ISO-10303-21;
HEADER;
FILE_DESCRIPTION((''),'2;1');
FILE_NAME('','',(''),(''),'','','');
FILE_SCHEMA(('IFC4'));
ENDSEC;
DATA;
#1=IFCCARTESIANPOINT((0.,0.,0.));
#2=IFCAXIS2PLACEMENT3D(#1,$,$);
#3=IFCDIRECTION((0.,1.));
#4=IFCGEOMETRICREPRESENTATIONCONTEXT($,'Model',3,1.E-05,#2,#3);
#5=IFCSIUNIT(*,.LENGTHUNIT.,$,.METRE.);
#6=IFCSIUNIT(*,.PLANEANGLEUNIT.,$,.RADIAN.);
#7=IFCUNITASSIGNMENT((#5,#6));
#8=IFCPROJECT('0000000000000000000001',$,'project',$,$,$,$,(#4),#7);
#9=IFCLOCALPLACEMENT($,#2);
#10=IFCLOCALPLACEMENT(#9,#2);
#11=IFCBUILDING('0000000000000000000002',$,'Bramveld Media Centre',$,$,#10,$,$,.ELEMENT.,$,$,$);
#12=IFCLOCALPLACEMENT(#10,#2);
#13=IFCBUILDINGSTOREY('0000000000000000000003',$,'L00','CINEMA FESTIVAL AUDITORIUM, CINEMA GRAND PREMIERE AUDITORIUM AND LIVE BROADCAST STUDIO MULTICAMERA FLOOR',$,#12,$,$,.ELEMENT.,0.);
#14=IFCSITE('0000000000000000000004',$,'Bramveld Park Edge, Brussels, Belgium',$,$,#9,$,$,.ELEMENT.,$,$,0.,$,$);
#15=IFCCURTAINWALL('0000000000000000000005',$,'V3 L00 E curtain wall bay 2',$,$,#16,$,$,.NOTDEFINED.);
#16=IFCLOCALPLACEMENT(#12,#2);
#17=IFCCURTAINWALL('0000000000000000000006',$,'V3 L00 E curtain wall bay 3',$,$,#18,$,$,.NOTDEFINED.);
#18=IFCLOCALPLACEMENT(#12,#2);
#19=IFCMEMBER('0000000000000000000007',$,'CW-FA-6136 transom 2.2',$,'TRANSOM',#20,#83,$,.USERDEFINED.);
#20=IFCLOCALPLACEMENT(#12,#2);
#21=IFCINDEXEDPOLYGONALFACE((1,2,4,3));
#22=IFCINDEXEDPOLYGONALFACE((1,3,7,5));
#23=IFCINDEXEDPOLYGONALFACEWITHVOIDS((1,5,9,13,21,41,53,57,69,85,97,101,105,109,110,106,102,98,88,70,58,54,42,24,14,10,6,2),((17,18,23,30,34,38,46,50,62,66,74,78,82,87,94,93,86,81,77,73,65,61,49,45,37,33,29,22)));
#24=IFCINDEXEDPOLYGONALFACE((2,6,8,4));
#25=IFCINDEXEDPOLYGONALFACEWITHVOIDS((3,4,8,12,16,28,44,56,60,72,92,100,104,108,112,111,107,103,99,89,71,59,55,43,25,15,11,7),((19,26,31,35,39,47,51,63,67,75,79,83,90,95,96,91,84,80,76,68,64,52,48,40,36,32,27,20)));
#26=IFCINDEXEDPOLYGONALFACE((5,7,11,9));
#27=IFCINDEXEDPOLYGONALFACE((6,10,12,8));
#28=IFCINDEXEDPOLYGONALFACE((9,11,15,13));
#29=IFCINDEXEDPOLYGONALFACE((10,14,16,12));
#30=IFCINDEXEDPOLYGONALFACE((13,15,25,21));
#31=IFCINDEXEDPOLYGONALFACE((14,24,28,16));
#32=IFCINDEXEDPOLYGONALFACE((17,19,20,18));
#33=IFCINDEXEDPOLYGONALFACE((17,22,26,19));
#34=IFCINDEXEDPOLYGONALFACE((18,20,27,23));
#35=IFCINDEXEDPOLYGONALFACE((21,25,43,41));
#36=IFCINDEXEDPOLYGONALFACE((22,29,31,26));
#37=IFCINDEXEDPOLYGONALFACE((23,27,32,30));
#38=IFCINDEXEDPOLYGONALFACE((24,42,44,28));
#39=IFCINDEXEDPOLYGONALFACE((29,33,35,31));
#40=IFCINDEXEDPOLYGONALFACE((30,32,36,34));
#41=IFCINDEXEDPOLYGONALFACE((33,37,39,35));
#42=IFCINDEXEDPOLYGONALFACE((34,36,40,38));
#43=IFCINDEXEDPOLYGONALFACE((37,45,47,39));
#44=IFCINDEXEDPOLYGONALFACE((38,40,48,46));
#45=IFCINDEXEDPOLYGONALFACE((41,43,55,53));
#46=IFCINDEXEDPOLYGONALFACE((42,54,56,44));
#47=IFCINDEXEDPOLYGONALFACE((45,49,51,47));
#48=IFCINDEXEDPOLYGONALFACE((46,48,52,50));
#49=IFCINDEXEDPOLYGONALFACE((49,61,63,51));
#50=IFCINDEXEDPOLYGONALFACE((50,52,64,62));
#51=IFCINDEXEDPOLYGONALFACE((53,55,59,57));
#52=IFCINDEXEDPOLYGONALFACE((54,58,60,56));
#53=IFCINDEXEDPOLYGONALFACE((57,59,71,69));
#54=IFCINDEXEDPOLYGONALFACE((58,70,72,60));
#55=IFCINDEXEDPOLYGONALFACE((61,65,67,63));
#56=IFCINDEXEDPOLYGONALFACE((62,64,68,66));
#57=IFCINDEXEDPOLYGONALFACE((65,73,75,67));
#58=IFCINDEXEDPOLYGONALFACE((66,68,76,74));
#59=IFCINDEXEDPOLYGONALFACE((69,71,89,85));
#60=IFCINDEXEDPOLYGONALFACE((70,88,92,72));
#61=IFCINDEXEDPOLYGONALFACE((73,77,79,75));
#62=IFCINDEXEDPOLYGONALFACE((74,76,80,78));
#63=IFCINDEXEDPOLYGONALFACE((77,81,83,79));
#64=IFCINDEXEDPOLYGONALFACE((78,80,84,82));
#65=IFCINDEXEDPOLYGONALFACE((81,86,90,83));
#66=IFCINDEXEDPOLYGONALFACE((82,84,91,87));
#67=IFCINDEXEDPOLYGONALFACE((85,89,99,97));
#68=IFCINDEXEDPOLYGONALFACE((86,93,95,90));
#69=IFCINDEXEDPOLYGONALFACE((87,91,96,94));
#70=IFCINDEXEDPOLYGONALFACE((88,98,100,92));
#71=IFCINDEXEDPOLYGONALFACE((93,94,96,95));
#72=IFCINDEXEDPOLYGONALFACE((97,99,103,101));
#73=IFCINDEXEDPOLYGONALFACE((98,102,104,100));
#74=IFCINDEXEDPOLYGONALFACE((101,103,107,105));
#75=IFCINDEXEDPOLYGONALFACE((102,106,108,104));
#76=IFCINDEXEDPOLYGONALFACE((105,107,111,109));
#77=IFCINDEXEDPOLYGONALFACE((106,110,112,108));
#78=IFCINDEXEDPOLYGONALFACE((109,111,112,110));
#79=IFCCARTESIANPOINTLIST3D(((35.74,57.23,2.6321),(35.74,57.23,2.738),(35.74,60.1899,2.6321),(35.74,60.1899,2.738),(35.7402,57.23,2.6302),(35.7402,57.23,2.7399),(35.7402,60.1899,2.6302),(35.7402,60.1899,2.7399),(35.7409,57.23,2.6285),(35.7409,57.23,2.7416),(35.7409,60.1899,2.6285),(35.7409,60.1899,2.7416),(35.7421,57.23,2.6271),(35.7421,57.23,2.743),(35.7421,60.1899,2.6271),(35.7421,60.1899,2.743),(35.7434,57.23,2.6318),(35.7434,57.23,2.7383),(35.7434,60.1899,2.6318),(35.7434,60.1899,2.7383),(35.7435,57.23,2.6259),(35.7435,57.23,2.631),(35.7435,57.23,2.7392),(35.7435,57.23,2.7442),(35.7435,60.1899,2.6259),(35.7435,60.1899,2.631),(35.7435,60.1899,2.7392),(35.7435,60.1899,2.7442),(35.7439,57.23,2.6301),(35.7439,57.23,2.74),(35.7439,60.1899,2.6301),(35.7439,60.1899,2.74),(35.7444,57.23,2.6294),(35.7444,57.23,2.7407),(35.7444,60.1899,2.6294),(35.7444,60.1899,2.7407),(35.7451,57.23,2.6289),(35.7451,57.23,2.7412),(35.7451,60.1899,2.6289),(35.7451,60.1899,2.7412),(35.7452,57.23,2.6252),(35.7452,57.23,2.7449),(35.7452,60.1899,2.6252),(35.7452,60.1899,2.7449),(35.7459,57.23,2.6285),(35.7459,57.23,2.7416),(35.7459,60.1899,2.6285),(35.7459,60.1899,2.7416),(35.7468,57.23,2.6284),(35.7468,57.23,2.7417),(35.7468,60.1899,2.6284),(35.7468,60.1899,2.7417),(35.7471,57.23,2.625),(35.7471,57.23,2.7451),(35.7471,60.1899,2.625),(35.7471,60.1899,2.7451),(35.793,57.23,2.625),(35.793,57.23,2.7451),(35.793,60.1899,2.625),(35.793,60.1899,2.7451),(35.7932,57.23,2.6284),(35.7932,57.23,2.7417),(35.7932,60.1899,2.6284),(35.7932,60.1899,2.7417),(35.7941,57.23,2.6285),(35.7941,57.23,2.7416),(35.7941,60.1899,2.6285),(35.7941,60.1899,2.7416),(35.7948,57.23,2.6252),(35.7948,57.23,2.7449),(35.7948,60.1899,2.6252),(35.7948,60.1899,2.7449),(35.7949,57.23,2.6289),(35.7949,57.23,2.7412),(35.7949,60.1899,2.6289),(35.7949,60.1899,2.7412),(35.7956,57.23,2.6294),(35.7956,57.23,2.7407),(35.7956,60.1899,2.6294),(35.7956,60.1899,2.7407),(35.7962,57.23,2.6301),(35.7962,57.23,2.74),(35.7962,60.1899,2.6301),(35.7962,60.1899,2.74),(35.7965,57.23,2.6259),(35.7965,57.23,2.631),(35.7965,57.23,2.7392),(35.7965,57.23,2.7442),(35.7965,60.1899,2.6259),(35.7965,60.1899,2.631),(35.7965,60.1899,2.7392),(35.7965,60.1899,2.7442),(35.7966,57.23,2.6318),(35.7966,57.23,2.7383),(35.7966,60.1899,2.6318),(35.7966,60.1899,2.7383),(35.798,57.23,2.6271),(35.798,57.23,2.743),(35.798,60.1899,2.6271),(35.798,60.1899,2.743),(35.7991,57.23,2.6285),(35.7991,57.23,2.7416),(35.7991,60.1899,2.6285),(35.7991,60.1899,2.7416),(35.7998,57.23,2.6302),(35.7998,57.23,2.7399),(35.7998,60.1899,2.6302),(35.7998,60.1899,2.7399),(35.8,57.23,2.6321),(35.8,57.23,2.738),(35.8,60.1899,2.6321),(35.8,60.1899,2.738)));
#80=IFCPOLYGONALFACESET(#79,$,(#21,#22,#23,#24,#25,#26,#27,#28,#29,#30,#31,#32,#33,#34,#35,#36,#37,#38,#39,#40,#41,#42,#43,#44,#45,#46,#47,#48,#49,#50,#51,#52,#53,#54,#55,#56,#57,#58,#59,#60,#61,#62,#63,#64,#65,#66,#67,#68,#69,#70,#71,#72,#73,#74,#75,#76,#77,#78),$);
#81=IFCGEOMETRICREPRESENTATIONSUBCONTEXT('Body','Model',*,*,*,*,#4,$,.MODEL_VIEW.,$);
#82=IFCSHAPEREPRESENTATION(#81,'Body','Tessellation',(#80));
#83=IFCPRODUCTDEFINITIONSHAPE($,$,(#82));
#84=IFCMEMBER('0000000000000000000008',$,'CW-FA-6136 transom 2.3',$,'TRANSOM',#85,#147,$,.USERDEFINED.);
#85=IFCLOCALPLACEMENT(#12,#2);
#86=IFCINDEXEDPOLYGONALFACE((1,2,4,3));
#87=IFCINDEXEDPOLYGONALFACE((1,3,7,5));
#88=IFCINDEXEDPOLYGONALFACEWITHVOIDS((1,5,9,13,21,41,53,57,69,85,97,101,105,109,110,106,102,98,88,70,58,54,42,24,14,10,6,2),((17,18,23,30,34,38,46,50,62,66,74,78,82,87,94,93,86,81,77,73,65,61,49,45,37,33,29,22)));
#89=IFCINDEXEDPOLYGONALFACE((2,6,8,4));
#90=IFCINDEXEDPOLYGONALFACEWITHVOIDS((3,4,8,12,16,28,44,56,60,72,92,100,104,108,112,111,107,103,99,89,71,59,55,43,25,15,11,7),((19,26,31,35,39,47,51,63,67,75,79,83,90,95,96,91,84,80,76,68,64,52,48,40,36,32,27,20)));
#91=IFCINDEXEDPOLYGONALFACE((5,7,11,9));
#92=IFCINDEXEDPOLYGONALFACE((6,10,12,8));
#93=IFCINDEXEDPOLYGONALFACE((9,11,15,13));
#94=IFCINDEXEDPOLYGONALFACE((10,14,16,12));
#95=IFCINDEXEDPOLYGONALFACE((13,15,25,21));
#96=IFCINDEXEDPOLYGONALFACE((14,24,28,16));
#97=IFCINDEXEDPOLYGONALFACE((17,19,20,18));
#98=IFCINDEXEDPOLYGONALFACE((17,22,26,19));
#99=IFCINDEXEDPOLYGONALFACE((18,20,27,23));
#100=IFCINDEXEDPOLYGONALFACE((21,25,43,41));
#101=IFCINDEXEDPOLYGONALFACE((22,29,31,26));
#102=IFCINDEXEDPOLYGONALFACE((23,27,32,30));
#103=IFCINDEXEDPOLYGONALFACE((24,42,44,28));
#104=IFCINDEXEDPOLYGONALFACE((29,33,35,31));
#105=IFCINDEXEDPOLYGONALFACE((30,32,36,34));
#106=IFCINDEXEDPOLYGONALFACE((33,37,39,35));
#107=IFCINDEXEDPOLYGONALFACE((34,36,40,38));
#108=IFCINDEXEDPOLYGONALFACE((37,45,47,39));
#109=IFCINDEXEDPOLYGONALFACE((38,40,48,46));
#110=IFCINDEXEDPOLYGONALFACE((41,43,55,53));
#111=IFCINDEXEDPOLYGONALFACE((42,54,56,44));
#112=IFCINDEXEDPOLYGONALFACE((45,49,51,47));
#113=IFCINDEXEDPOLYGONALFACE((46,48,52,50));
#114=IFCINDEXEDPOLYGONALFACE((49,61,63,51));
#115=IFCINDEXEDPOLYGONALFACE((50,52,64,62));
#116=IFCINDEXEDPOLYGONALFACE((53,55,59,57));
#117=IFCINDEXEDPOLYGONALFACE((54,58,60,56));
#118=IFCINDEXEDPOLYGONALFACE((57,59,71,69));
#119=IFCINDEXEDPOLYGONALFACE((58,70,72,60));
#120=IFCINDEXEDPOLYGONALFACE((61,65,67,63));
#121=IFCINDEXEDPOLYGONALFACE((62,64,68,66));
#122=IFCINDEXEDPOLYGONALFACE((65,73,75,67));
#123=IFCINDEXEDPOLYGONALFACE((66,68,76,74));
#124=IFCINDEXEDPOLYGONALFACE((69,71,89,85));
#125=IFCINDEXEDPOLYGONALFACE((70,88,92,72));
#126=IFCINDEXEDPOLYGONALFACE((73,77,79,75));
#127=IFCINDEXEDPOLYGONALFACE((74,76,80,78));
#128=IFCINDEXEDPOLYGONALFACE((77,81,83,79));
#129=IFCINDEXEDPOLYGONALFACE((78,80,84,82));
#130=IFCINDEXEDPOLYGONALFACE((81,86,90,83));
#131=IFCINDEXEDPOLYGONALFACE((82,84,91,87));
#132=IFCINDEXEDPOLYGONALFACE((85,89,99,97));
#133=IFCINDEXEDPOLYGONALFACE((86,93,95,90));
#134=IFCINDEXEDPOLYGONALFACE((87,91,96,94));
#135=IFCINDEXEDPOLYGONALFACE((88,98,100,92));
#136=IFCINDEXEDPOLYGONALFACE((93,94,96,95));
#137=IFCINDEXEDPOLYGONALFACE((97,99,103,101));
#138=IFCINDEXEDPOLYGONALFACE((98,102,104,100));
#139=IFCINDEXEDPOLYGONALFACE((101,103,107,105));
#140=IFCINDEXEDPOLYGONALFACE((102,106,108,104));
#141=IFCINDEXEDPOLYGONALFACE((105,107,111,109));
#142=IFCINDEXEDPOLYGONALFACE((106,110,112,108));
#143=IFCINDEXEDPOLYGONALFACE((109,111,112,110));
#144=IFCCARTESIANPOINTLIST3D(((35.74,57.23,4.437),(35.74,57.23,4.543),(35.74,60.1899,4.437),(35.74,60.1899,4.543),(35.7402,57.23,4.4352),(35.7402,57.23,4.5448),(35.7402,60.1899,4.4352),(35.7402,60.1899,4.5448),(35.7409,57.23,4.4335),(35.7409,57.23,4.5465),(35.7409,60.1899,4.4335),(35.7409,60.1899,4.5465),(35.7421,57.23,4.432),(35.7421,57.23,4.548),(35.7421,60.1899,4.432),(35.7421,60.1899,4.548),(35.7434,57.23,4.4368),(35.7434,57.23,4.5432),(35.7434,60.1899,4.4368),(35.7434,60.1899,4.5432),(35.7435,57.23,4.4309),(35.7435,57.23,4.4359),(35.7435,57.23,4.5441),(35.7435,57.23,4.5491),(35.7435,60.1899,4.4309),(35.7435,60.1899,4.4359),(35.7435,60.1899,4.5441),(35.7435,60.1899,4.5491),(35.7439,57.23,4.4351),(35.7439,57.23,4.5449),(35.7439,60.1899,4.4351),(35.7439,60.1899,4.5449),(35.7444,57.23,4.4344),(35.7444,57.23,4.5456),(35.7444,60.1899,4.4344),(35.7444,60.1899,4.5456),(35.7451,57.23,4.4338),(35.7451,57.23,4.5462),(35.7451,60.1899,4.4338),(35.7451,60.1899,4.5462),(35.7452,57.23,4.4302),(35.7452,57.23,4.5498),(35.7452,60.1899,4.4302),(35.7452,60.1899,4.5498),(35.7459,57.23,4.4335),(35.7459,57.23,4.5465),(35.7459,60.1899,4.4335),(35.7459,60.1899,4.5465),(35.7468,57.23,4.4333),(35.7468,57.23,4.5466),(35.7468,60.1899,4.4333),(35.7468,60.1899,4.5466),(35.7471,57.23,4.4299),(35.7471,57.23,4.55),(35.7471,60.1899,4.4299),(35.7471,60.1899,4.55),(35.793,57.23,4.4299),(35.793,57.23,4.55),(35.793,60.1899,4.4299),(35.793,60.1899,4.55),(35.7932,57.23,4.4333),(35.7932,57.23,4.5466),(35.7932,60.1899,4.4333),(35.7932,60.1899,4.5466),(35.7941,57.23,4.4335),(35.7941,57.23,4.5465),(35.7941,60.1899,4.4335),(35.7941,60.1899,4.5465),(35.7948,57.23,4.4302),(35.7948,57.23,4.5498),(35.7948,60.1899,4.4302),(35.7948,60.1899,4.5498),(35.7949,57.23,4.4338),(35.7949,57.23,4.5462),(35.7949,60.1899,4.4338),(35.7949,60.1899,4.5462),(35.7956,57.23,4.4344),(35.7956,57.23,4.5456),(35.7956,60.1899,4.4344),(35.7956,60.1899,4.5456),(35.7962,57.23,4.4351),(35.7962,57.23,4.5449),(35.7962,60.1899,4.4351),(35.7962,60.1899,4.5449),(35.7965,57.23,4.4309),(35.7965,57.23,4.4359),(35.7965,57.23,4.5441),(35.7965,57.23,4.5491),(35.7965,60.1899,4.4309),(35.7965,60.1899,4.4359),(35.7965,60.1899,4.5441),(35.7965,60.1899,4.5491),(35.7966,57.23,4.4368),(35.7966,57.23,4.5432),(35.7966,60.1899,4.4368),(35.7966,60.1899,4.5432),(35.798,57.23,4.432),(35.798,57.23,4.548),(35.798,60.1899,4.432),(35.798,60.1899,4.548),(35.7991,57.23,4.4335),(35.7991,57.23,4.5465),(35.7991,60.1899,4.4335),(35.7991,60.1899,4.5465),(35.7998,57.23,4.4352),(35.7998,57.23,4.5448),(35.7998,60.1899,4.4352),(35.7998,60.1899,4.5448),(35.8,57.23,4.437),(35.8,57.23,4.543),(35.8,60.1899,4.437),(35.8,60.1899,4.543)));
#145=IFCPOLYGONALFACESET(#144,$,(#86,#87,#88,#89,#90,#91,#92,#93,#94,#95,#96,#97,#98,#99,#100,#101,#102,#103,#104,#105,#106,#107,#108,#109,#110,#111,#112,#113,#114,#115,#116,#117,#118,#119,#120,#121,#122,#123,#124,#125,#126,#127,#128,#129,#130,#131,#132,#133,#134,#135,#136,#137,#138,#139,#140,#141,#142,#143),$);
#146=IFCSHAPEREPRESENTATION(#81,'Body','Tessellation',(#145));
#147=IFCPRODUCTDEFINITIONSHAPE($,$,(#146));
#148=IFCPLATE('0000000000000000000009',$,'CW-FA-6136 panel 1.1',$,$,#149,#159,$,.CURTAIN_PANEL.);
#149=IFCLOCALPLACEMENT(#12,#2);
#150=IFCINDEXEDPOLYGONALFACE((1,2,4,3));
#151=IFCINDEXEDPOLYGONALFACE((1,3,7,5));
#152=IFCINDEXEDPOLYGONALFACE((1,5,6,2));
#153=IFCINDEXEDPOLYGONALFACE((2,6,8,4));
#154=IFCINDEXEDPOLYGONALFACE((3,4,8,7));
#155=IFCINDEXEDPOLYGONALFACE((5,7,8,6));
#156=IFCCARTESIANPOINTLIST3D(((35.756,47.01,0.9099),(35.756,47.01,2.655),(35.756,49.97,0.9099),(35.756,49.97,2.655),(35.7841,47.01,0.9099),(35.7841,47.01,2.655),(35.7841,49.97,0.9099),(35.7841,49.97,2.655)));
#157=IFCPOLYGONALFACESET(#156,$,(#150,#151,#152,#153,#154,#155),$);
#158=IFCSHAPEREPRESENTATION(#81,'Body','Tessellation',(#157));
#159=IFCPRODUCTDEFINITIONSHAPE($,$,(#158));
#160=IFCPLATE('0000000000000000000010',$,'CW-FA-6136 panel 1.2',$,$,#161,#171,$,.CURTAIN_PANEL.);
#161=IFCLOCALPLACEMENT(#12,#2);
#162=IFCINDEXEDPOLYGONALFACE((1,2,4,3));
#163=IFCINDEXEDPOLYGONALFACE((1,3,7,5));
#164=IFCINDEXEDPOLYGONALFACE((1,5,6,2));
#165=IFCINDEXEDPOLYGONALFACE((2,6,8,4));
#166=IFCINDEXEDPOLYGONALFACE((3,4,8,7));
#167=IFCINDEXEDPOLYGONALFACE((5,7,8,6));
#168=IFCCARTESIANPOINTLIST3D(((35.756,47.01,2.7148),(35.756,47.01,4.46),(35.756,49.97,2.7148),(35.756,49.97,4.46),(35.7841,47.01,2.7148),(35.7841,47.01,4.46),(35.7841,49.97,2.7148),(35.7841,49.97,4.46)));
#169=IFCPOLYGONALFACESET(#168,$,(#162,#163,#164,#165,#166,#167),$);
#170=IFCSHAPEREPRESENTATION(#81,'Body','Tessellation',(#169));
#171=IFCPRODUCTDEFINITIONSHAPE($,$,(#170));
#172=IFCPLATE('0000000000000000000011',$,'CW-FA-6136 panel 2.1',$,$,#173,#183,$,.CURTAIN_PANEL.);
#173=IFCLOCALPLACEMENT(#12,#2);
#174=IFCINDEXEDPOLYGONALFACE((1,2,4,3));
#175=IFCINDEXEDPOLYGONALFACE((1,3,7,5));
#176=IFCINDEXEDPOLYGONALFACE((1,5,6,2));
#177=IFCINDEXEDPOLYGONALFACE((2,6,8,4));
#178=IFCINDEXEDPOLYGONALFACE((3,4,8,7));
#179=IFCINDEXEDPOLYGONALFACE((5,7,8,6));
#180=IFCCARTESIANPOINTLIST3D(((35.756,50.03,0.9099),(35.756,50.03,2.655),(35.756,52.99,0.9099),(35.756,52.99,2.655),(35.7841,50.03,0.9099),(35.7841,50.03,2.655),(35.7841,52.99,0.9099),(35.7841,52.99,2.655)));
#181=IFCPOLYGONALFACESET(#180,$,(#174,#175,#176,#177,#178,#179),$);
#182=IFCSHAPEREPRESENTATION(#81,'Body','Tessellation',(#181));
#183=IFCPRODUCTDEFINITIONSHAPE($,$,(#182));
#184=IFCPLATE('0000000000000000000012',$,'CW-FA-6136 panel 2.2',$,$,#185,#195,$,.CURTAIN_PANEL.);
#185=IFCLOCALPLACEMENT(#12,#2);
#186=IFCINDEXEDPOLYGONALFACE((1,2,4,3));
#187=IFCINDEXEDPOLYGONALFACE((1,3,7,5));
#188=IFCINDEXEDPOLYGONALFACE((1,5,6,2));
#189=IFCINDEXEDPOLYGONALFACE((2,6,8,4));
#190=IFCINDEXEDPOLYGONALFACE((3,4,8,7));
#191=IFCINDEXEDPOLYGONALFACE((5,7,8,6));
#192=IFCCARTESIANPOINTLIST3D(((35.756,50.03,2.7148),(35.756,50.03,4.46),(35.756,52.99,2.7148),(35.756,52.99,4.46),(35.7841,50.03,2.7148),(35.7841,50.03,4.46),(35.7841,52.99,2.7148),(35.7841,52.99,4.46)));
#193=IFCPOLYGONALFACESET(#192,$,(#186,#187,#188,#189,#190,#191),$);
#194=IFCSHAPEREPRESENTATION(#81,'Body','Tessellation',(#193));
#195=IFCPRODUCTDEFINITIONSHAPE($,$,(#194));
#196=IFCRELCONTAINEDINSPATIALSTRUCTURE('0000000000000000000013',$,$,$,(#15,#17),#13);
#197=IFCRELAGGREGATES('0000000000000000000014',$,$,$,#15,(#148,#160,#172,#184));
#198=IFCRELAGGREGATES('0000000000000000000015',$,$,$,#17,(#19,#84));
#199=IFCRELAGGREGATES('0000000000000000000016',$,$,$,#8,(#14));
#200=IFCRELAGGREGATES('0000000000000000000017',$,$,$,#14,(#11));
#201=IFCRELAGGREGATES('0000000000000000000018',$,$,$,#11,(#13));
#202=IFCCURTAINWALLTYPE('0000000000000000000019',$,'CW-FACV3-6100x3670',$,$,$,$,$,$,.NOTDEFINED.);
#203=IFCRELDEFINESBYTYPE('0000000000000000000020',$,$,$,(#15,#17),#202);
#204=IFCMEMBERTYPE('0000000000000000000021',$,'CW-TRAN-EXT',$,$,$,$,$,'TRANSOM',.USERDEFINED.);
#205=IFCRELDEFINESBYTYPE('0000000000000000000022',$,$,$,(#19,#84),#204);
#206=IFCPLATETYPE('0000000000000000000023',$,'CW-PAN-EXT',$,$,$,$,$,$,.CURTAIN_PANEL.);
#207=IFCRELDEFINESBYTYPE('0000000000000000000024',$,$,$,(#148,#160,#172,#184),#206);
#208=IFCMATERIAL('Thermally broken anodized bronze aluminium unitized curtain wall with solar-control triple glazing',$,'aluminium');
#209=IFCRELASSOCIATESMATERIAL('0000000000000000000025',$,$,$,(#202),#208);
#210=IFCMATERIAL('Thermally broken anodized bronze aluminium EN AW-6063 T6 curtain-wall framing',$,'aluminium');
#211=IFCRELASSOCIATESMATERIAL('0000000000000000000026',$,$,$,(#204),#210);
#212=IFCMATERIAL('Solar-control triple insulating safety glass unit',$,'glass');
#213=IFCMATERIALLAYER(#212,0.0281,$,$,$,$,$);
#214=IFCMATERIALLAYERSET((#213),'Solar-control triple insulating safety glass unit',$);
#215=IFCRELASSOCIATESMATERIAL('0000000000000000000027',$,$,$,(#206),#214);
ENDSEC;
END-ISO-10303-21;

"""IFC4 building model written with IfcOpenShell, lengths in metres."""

from ifc_helpers import new_model, si_unit, direction, frame, origin, origin_2d, place, context, subcontext, project, spatial, rectangle, hollow_rectangle, extrude, material, layer, layer_set, material_profile, profile_set, type_object, element, aggregate, save


model = new_model("IFC4")

# Units and contexts
model_context = context("Model", 3, precision=1e-05, world=origin(), true_north=direction((0.0, 1.0)))
body_context = subcontext(model_context, "Body", "Model", "MODEL_VIEW")
ifc_project = project(units=[si_unit("LENGTHUNIT", "METRE"), si_unit("PLANEANGLEUNIT", "RADIAN")], contexts=[model_context])

# Site, building, storey
site_placement = place(None, origin())
site = spatial("IfcSite", under=ifc_project, at=site_placement, Name="Bramveld Park Edge, Brussels, Belgium", CompositionType="ELEMENT", RefElevation=0.0)
building_placement = place(site_placement, origin())
building = spatial("IfcBuilding", under=site, at=building_placement, Name="Bramveld Media Centre", CompositionType="ELEMENT")
storey_placement = place(building_placement, origin())
storey = spatial("IfcBuildingStorey", under=building, at=storey_placement, Name="L00", Description="CINEMA FESTIVAL AUDITORIUM, CINEMA GRAND PREMIERE AUDITORIUM AND LIVE BROADCAST STUDIO MULTICAMERA FLOOR", CompositionType="ELEMENT", Elevation=0.0)

# Curtain walls
ifc_material_1 = material(Name="Thermally broken anodized bronze aluminium unitized curtain wall with solar-control triple glazing", Category="aluminium")
curtain_wall_type = type_object("IfcCurtainWallType", Name="CW-FACV3-6100x3670", PredefinedType="NOTDEFINED", material=ifc_material_1)
curtain_wall_1_placement = place(storey_placement, origin())
curtain_wall_1 = element("IfcCurtainWall", 1, at=curtain_wall_1_placement, inside=storey, type_object=curtain_wall_type, Name="V3 L00 E curtain wall bay 2", PredefinedType="NOTDEFINED")
curtain_wall_2_placement = place(storey_placement, origin())
curtain_wall_2 = element("IfcCurtainWall", 2, at=curtain_wall_2_placement, inside=storey, type_object=curtain_wall_type, Name="V3 L00 E curtain wall bay 3", PredefinedType="NOTDEFINED")

# Members
ifc_material_2 = material(Name="Thermally broken anodized bronze aluminium EN AW-6063 T6 curtain-wall framing", Category="aluminium")
ifc_material_profile_1 = material_profile(ifc_material_2, hollow_rectangle(XDim=0.0601, YDim=0.1201, WallThickness=0.0034, InnerFilletRadius=0.0034, OuterFilletRadius=0.0071, at=origin_2d()), Name="AL-TRAN 60x120")
ifc_profile_set_1 = profile_set([ifc_material_profile_1], Name="Thermally broken anodized bronze aluminium EN AW-6063 T6 curtain-wall framing")
member_type_1 = type_object("IfcMemberType", Name="CW-TRAN-EXT", ElementType="TRANSOM", PredefinedType="USERDEFINED", material=ifc_profile_set_1)
member_1_placement = place(storey_placement, frame((35.77, 57.23, 2.6851), z_axis=(0.0, 1.0, 0.0), x_axis=(-1.0, 0.0, 0.0)))
member_1 = element("IfcMember", 3, at=member_1_placement, type_object=member_type_1, Name="CW-FA-6136 transom 2.2", ObjectType="TRANSOM", PredefinedType="USERDEFINED", context=body_context, shape_type="SweptSolid", body=[
    extrude(hollow_rectangle(XDim=0.0601, YDim=0.1201, WallThickness=0.0034, InnerFilletRadius=0.0034, OuterFilletRadius=0.0071, at=origin_2d()), origin(), (0.0, 0.0, 1.0), 2.96),
])
member_2_placement = place(storey_placement, frame((35.77, 57.23, 4.49), z_axis=(0.0, 1.0, 0.0), x_axis=(-1.0, 0.0, 0.0)))
member_2 = element("IfcMember", 4, at=member_2_placement, type_object=member_type_1, Name="CW-FA-6136 transom 2.3", ObjectType="TRANSOM", PredefinedType="USERDEFINED", context=body_context, shape_type="SweptSolid", body=[
    extrude(hollow_rectangle(XDim=0.0601, YDim=0.1201, WallThickness=0.0034, InnerFilletRadius=0.0034, OuterFilletRadius=0.0071, at=origin_2d()), origin(), (0.0, 0.0, 1.0), 2.96),
])

# Plates
ifc_material_3 = material(Name="Solar-control triple insulating safety glass unit", Category="glass")
ifc_layer = layer(ifc_material_3, 0.0281)
ifc_layer_set = layer_set([ifc_layer], Name="Solar-control triple insulating safety glass unit")
plate_type = type_object("IfcPlateType", Name="CW-PAN-EXT", PredefinedType="CURTAIN_PANEL", material=ifc_layer_set)
plate_1_placement = place(storey_placement, frame((35.77, 48.49, 0.9099), z_axis=(0.0, 0.0, 1.0), x_axis=(0.0, 1.0, 0.0)))
plate_1 = element("IfcPlate", 5, at=plate_1_placement, type_object=plate_type, Name="CW-FA-6136 panel 1.1", PredefinedType="CURTAIN_PANEL", context=body_context, shape_type="SweptSolid", body=[
    extrude(rectangle(XDim=2.96, YDim=0.0281, at=origin_2d()), origin(), (0.0, 0.0, 1.0), 1.7451),
])
plate_2_placement = place(storey_placement, frame((35.77, 48.49, 2.7148), z_axis=(0.0, 0.0, 1.0), x_axis=(0.0, 1.0, 0.0)))
plate_2 = element("IfcPlate", 6, at=plate_2_placement, type_object=plate_type, Name="CW-FA-6136 panel 1.2", PredefinedType="CURTAIN_PANEL", context=body_context, shape_type="SweptSolid", body=[
    extrude(rectangle(XDim=2.96, YDim=0.0281, at=origin_2d()), origin(), (0.0, 0.0, 1.0), 1.7451),
])
plate_3_placement = place(storey_placement, frame((35.77, 51.51, 0.9099), z_axis=(0.0, 0.0, 1.0), x_axis=(0.0, 1.0, 0.0)))
plate_3 = element("IfcPlate", 7, at=plate_3_placement, type_object=plate_type, Name="CW-FA-6136 panel 2.1", PredefinedType="CURTAIN_PANEL", context=body_context, shape_type="SweptSolid", body=[
    extrude(rectangle(XDim=2.96, YDim=0.0281, at=origin_2d()), origin(), (0.0, 0.0, 1.0), 1.7451),
])
plate_4_placement = place(storey_placement, frame((35.77, 51.51, 2.7148), z_axis=(0.0, 0.0, 1.0), x_axis=(0.0, 1.0, 0.0)))
plate_4 = element("IfcPlate", 8, at=plate_4_placement, type_object=plate_type, Name="CW-FA-6136 panel 2.2", PredefinedType="CURTAIN_PANEL", context=body_context, shape_type="SweptSolid", body=[
    extrude(rectangle(XDim=2.96, YDim=0.0281, at=origin_2d()), origin(), (0.0, 0.0, 1.0), 1.7451),
])
aggregate(curtain_wall_1, [plate_1, plate_2, plate_3, plate_4])
aggregate(curtain_wall_2, [member_1, member_2])

save(model, "model.ifc")
